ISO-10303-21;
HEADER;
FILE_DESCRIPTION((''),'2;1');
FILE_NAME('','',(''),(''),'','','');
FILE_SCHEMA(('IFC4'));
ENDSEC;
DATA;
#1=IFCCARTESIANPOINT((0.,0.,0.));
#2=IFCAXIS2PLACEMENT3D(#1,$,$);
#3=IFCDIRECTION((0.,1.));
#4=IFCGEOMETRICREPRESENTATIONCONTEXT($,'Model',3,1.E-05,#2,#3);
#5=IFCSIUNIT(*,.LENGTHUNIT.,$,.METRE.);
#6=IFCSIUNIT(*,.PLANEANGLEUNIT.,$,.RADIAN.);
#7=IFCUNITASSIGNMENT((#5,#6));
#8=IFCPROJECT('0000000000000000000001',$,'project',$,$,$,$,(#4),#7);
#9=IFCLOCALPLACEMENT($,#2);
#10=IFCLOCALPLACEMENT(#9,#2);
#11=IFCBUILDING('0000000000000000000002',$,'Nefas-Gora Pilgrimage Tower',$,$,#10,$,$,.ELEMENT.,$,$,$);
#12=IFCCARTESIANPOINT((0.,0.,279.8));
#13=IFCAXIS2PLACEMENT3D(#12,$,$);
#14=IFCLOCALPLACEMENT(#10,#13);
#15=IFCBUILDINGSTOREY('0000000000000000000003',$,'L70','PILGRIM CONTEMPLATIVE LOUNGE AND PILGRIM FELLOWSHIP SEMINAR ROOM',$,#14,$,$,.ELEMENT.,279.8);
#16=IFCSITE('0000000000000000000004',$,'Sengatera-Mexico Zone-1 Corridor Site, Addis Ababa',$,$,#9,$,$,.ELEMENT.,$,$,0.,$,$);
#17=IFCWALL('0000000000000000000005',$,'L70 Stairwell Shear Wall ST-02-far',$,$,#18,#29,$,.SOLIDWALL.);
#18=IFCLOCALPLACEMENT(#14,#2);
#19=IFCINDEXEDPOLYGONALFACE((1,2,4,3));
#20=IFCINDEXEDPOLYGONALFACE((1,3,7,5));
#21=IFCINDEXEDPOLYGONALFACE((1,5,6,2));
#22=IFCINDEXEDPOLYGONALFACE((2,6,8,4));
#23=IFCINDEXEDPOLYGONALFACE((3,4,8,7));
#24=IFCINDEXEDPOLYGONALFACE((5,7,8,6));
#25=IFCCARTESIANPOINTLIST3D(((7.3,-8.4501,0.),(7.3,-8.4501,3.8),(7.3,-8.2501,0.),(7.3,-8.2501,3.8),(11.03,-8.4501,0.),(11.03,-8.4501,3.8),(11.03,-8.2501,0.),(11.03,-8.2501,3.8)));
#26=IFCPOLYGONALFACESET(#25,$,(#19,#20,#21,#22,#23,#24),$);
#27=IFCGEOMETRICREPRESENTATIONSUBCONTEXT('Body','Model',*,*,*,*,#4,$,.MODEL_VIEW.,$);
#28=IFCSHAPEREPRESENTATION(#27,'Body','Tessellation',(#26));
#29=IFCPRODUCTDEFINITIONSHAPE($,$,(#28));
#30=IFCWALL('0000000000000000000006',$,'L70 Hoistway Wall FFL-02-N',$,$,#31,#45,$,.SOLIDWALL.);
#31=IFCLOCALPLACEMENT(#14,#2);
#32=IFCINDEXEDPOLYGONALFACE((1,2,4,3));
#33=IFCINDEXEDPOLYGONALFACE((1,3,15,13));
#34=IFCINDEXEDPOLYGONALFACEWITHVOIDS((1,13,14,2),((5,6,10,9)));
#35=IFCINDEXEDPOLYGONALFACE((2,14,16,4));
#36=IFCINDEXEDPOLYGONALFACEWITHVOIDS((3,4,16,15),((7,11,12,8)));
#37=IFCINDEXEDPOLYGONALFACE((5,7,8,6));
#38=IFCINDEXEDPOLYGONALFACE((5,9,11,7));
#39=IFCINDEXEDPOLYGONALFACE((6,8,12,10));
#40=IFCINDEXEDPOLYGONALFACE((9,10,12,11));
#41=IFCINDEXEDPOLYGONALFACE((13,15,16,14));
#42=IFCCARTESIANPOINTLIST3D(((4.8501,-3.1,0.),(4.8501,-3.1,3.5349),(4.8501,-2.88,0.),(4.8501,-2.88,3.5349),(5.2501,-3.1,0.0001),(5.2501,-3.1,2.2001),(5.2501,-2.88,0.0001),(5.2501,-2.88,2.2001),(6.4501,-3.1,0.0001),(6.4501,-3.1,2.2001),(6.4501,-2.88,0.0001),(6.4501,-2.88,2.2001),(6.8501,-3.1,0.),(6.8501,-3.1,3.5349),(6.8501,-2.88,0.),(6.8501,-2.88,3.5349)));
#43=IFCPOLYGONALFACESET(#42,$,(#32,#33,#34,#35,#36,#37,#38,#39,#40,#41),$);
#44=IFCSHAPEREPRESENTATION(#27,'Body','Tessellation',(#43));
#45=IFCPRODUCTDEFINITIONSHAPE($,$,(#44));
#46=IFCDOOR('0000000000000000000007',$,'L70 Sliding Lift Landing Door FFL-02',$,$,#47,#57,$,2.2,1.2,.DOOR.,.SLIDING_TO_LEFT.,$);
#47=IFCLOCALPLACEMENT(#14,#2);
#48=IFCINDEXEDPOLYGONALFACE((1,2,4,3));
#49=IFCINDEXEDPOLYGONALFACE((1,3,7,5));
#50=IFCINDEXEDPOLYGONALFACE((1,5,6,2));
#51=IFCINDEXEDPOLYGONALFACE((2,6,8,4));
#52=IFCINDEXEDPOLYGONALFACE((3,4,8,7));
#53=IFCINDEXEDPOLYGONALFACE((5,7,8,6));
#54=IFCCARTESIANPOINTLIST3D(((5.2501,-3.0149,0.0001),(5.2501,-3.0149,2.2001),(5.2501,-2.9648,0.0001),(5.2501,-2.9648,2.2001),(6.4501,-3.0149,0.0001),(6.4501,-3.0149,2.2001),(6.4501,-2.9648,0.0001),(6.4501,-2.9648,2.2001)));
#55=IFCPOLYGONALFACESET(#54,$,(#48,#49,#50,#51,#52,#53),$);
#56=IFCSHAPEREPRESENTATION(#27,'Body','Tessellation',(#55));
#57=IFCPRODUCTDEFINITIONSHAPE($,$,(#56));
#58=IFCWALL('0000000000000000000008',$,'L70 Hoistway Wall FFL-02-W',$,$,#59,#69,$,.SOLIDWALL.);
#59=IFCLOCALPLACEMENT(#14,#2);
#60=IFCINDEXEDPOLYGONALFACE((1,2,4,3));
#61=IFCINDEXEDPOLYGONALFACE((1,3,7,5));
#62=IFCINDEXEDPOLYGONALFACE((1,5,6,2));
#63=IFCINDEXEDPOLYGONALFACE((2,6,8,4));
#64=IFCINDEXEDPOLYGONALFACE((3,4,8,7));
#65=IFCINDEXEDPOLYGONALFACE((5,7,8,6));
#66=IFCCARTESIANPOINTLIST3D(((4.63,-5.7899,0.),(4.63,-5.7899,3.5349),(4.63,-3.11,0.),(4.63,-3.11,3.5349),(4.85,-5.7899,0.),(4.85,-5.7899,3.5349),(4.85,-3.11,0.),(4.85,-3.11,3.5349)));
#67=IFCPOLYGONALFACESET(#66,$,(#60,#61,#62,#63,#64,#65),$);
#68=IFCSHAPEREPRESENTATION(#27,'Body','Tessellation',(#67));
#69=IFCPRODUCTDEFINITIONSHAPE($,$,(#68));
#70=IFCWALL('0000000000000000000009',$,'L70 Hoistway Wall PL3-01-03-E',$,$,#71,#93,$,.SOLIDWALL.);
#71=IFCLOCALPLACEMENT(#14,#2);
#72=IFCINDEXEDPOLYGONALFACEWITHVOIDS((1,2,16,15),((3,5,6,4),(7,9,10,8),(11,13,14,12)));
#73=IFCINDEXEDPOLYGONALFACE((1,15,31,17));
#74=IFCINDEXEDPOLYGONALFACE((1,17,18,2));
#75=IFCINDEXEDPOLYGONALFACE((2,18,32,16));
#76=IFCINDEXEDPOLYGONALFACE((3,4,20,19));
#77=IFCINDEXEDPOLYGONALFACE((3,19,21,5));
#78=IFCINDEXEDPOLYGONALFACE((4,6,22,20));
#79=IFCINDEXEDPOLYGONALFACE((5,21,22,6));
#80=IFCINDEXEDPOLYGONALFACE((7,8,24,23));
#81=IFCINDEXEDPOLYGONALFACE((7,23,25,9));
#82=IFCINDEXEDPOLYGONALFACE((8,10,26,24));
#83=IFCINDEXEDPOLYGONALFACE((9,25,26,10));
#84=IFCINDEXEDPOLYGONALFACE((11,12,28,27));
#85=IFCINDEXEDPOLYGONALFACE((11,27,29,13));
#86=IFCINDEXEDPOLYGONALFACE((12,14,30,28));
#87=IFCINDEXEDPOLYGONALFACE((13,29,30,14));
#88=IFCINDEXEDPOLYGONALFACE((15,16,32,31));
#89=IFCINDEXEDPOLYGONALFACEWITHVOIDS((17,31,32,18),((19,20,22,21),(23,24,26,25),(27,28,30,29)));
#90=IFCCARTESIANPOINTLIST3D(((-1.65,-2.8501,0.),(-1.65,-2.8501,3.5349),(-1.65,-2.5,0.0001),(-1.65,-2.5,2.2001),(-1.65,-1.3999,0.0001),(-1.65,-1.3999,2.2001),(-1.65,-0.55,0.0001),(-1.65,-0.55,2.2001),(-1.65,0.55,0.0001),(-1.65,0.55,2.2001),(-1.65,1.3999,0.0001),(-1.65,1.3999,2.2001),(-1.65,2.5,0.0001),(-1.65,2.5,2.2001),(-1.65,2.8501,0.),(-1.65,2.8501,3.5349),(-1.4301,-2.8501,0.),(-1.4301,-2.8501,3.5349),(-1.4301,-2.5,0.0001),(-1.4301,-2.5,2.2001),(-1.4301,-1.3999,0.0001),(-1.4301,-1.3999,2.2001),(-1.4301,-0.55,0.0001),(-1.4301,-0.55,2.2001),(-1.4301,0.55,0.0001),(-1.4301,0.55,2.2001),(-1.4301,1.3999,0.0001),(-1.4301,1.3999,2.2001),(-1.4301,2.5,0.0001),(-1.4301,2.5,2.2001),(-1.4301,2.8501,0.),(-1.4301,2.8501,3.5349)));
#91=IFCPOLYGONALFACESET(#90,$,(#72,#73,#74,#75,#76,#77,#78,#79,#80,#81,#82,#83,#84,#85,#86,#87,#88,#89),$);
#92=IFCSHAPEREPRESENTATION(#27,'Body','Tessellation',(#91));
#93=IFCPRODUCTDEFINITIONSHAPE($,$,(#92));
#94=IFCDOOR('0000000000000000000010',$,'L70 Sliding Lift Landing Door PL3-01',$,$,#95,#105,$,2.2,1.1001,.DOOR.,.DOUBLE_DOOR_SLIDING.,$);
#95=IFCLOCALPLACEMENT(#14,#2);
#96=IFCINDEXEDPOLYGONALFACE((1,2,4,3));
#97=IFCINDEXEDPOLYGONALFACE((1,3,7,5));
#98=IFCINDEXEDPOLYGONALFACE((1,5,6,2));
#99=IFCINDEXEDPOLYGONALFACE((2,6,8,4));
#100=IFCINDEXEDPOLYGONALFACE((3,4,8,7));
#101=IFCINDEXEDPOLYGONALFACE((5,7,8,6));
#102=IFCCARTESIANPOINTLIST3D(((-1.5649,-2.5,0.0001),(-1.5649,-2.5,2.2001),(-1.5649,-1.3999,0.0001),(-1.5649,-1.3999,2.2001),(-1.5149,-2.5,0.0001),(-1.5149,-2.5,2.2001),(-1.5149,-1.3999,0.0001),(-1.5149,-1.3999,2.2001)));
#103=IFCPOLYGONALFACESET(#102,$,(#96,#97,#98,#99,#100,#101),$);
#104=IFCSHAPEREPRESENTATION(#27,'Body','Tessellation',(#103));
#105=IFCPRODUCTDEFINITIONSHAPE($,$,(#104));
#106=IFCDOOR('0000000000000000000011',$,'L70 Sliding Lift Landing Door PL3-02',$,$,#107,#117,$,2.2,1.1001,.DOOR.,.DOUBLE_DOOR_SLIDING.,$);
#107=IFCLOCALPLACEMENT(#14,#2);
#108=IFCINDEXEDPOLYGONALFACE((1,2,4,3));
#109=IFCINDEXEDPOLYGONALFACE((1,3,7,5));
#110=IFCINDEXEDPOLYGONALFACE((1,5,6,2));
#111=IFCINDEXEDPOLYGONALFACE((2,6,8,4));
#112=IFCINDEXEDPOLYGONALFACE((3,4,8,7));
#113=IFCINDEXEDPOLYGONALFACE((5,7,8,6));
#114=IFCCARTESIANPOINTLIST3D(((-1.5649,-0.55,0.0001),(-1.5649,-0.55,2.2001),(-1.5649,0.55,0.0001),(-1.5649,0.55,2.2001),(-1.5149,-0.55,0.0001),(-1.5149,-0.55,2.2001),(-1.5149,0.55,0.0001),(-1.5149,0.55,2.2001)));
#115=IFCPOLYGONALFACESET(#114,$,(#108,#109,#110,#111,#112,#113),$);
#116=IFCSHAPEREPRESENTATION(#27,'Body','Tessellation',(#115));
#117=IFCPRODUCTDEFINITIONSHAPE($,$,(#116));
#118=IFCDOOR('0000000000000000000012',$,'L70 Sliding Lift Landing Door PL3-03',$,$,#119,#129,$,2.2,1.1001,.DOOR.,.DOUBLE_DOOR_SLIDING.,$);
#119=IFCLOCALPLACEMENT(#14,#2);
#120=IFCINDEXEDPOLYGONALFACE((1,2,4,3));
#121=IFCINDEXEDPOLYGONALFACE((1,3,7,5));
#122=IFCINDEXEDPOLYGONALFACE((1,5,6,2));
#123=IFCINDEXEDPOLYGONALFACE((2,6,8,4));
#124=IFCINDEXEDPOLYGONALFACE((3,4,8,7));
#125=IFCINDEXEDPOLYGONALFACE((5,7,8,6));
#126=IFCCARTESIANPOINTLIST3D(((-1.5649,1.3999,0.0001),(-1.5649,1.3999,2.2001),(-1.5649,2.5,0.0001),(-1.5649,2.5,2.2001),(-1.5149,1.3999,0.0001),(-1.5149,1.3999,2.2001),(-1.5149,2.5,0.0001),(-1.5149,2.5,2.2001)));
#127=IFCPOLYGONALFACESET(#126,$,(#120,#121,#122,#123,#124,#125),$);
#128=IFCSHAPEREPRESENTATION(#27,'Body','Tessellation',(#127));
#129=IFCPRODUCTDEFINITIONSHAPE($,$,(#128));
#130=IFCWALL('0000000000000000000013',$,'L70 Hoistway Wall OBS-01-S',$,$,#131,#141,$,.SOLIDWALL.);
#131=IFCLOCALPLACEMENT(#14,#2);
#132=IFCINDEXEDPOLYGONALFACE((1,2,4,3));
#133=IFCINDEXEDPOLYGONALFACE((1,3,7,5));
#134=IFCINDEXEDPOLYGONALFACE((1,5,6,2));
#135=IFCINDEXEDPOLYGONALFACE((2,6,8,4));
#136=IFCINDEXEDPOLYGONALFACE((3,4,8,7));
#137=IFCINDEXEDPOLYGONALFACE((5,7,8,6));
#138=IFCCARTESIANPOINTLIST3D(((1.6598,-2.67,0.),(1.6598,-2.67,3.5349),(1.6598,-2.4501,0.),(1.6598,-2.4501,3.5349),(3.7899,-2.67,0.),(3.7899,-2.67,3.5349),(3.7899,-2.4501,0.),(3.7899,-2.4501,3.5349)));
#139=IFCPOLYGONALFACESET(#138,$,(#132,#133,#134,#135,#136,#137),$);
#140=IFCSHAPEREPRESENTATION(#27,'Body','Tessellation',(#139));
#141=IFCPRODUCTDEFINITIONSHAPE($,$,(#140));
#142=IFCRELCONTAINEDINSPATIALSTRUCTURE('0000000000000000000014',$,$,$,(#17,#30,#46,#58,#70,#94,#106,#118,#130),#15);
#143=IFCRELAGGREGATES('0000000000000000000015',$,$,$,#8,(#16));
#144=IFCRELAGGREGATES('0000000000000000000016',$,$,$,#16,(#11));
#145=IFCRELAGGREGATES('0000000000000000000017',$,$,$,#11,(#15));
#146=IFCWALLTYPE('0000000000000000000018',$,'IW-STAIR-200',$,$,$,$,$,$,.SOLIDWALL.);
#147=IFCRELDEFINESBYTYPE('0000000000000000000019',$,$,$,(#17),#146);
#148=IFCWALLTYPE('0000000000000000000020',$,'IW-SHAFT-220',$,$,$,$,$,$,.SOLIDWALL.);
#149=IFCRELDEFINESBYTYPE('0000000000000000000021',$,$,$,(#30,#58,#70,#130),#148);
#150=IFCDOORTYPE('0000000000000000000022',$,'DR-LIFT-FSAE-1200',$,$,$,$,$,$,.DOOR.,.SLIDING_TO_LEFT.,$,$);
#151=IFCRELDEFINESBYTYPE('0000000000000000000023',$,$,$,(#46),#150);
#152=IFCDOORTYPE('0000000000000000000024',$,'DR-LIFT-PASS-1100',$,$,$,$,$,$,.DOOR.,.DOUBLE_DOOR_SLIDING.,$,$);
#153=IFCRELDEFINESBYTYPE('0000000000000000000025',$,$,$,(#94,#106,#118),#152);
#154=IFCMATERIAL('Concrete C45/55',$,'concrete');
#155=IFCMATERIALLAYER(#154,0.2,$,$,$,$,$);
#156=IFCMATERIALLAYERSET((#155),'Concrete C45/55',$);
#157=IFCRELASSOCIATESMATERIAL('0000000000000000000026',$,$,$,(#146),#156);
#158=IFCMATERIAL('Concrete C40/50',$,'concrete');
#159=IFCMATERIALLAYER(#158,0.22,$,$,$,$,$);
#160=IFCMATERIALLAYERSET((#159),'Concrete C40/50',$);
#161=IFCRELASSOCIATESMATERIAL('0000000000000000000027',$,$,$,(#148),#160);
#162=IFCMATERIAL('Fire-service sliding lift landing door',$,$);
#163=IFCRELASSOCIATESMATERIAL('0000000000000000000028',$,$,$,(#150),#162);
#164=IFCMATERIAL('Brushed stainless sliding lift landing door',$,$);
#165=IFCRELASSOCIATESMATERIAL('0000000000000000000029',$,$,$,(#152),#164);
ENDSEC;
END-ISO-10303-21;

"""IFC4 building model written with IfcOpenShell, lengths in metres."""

from ifc_helpers import new_model, si_unit, direction, frame, frame_2d, origin, place, context, subcontext, project, spatial, rectangle, extrude, source, transform, mapped, material, layer, layer_set, type_object, element, fill, save


model = new_model("IFC4")

# Units and contexts
model_context = context("Model", 3, precision=1e-05, world=origin(), true_north=direction((0.0, 1.0)))
body_context = subcontext(model_context, "Body", "Model", "MODEL_VIEW")
ifc_project = project(units=[si_unit("LENGTHUNIT", "METRE"), si_unit("PLANEANGLEUNIT", "RADIAN")], contexts=[model_context])

# Site, building, storey
site_placement = place(None, origin())
site = spatial("IfcSite", under=ifc_project, at=site_placement, Name="Sengatera-Mexico Zone-1 Corridor Site, Addis Ababa", CompositionType="ELEMENT", RefElevation=0.0)
building_placement = place(site_placement, origin())
building = spatial("IfcBuilding", under=site, at=building_placement, Name="Nefas-Gora Pilgrimage Tower", CompositionType="ELEMENT")
storey_placement = place(building_placement, frame((0.0, 0.0, 279.8)))
storey = spatial("IfcBuildingStorey", under=building, at=storey_placement, Name="L70", Description="PILGRIM CONTEMPLATIVE LOUNGE AND PILGRIM FELLOWSHIP SEMINAR ROOM", CompositionType="ELEMENT", Elevation=279.8)

# Shared definitions
ifc_material_1 = material(Name="Concrete C40/50", Category="concrete")

# Shared definitions
ifc_material_2 = material(Name="Concrete C45/55", Category="concrete")
ifc_layer_1 = layer(ifc_material_2, 0.2)
ifc_layer_set_1 = layer_set([ifc_layer_1], Name="Concrete C45/55")
wall_type_1 = type_object("IfcWallType", Name="IW-STAIR-200", PredefinedType="SOLIDWALL", material=ifc_layer_set_1)

# Wall
shared_shape_1 = source(origin(), body_context, "Body", "SweptSolid", [
    extrude(rectangle(XDim=3.73, YDim=0.2, at=frame_2d((1.865, 0.0))), origin(), (0.0, 0.0, 1.0), 3.8),
])
wall_1_placement = place(storey_placement, frame((7.3, -8.3501, 0.0), z_axis=(0.0, 0.0, 1.0), x_axis=(1.0, 0.0, 0.0)))
element("IfcWall", 1, at=wall_1_placement, inside=storey, type_object=wall_type_1, Name="L70 Stairwell Shear Wall ST-02-far", PredefinedType="SOLIDWALL", context=body_context, shape_type="MappedRepresentation", body=[
    mapped(shared_shape_1, transform((0.0, 0.0, 0.0), x_axis=(1.0, 0.0, 0.0), y_axis=(0.0, 1.0, 0.0), z_axis=(0.0, 0.0, 1.0), scale=1.0)),
])

# Wall, opening, door
ifc_layer_2 = layer(ifc_material_1, 0.22)
ifc_layer_set_2 = layer_set([ifc_layer_2], Name="Concrete C40/50")
wall_type_2 = type_object("IfcWallType", Name="IW-SHAFT-220", PredefinedType="SOLIDWALL", material=ifc_layer_set_2)
shared_shape_2 = source(origin(), body_context, "Body", "SweptSolid", [
    extrude(rectangle(XDim=2.0, YDim=0.22, at=frame_2d((1.0, 0.0))), origin(), (0.0, 0.0, 1.0), 3.5349),
])
wall_2_placement = place(storey_placement, frame((6.8501, -2.99, 0.0), z_axis=(0.0, 0.0, 1.0), x_axis=(-1.0, 0.0, 0.0)))
wall_2 = element("IfcWall", 2, at=wall_2_placement, inside=storey, type_object=wall_type_2, Name="L70 Hoistway Wall FFL-02-N", PredefinedType="SOLIDWALL", context=body_context, shape_type="MappedRepresentation", body=[
    mapped(shared_shape_2, transform((0.0, 0.0, 0.0), x_axis=(1.0, 0.0, 0.0), y_axis=(0.0, 1.0, 0.0), z_axis=(0.0, 0.0, 1.0), scale=1.0)),
])
opening_1_placement = place(wall_2_placement, frame((0.3999, 0.0, 0.0)))
opening_1 = element("IfcOpeningElement", 3, at=opening_1_placement, cuts=wall_2, PredefinedType="OPENING", context=body_context, shape_type="SweptSolid", body=[
    extrude(rectangle(XDim=1.2, YDim=2.2, at=frame_2d((0.6001, 1.1001))), frame((0.0, 0.1199, 0.0), z_axis=(0.0, -1.0, 0.0), x_axis=(1.0, 0.0, 0.0)), (0.0, 0.0, 1.0), 0.24),
])
ifc_material_3 = material(Name="Fire-service sliding lift landing door")
door_type_1 = type_object("IfcDoorType", Name="DR-LIFT-FSAE-1200", OperationType="SLIDING_TO_LEFT", PredefinedType="DOOR", material=ifc_material_3)
shared_shape_3 = source(origin(), body_context, "Body", "SweptSolid", [
    extrude(rectangle(XDim=1.2, YDim=2.2, at=frame_2d((0.6001, 1.1001))), frame((0.0, 0.0249, 0.0), z_axis=(0.0, -1.0, 0.0), x_axis=(1.0, 0.0, 0.0)), (0.0, 0.0, 1.0), 0.05),
])
door_1_placement = place(opening_1_placement, origin())
door_1 = element("IfcDoor", 4, at=door_1_placement, inside=storey, type_object=door_type_1, Name="L70 Sliding Lift Landing Door FFL-02", OperationType="SLIDING_TO_LEFT", OverallHeight=2.2, OverallWidth=1.2, PredefinedType="DOOR", context=body_context, shape_type="MappedRepresentation", body=[
    mapped(shared_shape_3, transform((0.0, 0.0, 0.0), x_axis=(1.0, 0.0, 0.0), y_axis=(0.0, 1.0, 0.0), z_axis=(0.0, 0.0, 1.0), scale=1.0)),
])
fill(opening_1, door_1)

# Wall
shared_shape_4 = source(origin(), body_context, "Body", "SweptSolid", [
    extrude(rectangle(XDim=2.6799, YDim=0.22, at=frame_2d((1.3398, 0.0))), origin(), (0.0, 0.0, 1.0), 3.5349),
])
wall_3_placement = place(storey_placement, frame((4.74, -3.1101, 0.0), z_axis=(0.0, 0.0, 1.0), x_axis=(0.0, -1.0, 0.0)))
element("IfcWall", 5, at=wall_3_placement, inside=storey, type_object=wall_type_2, Name="L70 Hoistway Wall FFL-02-W", PredefinedType="SOLIDWALL", context=body_context, shape_type="MappedRepresentation", body=[
    mapped(shared_shape_4, transform((0.0, 0.0, 0.0), x_axis=(1.0, 0.0, 0.0), y_axis=(0.0, 1.0, 0.0), z_axis=(0.0, 0.0, 1.0), scale=1.0)),
])

# Wall, openings, doors
shared_shape_5 = source(origin(), body_context, "Body", "SweptSolid", [
    extrude(rectangle(XDim=5.7002, YDim=0.22, at=frame_2d((2.8501, 0.0))), origin(), (0.0, 0.0, 1.0), 3.5349),
])
wall_4_placement = place(storey_placement, frame((-1.54, -2.8501, 0.0), z_axis=(0.0, 0.0, 1.0), x_axis=(0.0, 1.0, 0.0)))
wall_4 = element("IfcWall", 6, at=wall_4_placement, inside=storey, type_object=wall_type_2, Name="L70 Hoistway Wall PL3-01-03-E", PredefinedType="SOLIDWALL", context=body_context, shape_type="MappedRepresentation", body=[
    mapped(shared_shape_5, transform((0.0, 0.0, 0.0), x_axis=(1.0, 0.0, 0.0), y_axis=(0.0, 1.0, 0.0), z_axis=(0.0, 0.0, 1.0), scale=1.0)),
])
opening_2_placement = place(wall_4_placement, frame((0.3501, 0.0, 0.0)))
opening_2 = element("IfcOpeningElement", 7, at=opening_2_placement, cuts=wall_4, PredefinedType="OPENING", context=body_context, shape_type="SweptSolid", body=[
    extrude(rectangle(XDim=1.1001, YDim=2.2, at=frame_2d((0.55, 1.1001))), frame((0.0, 0.1199, 0.0), z_axis=(0.0, -1.0, 0.0), x_axis=(1.0, 0.0, 0.0)), (0.0, 0.0, 1.0), 0.24),
])
opening_3_placement = place(wall_4_placement, frame((2.3, 0.0, 0.0)))
opening_3 = element("IfcOpeningElement", 8, at=opening_3_placement, cuts=wall_4, PredefinedType="OPENING", context=body_context, shape_type="SweptSolid", body=[
    extrude(rectangle(XDim=1.1001, YDim=2.2, at=frame_2d((0.55, 1.1001))), frame((0.0, 0.1199, 0.0), z_axis=(0.0, -1.0, 0.0), x_axis=(1.0, 0.0, 0.0)), (0.0, 0.0, 1.0), 0.24),
])
opening_4_placement = place(wall_4_placement, frame((4.25, 0.0, 0.0)))
opening_4 = element("IfcOpeningElement", 9, at=opening_4_placement, cuts=wall_4, PredefinedType="OPENING", context=body_context, shape_type="SweptSolid", body=[
    extrude(rectangle(XDim=1.1001, YDim=2.2, at=frame_2d((0.55, 1.1001))), frame((0.0, 0.1199, 0.0), z_axis=(0.0, -1.0, 0.0), x_axis=(1.0, 0.0, 0.0)), (0.0, 0.0, 1.0), 0.24),
])
ifc_material_4 = material(Name="Brushed stainless sliding lift landing door")
door_type_2 = type_object("IfcDoorType", Name="DR-LIFT-PASS-1100", OperationType="DOUBLE_DOOR_SLIDING", PredefinedType="DOOR", material=ifc_material_4)
shared_shape_6 = source(origin(), body_context, "Body", "SweptSolid", [
    extrude(rectangle(XDim=1.1001, YDim=2.2, at=frame_2d((0.55, 1.1001))), frame((0.0, 0.0249, 0.0), z_axis=(0.0, -1.0, 0.0), x_axis=(1.0, 0.0, 0.0)), (0.0, 0.0, 1.0), 0.05),
])
door_2_placement = place(opening_2_placement, origin())
door_2 = element("IfcDoor", 10, at=door_2_placement, inside=storey, type_object=door_type_2, Name="L70 Sliding Lift Landing Door PL3-01", OperationType="DOUBLE_DOOR_SLIDING", OverallHeight=2.2, OverallWidth=1.1001, PredefinedType="DOOR", context=body_context, shape_type="MappedRepresentation", body=[
    mapped(shared_shape_6, transform((0.0, 0.0, 0.0), x_axis=(1.0, 0.0, 0.0), y_axis=(0.0, 1.0, 0.0), z_axis=(0.0, 0.0, 1.0), scale=1.0)),
])
fill(opening_2, door_2)
door_3_placement = place(opening_3_placement, origin())
door_3 = element("IfcDoor", 11, at=door_3_placement, inside=storey, type_object=door_type_2, Name="L70 Sliding Lift Landing Door PL3-02", OperationType="DOUBLE_DOOR_SLIDING", OverallHeight=2.2, OverallWidth=1.1001, PredefinedType="DOOR", context=body_context, shape_type="MappedRepresentation", body=[
    mapped(shared_shape_6, transform((0.0, 0.0, 0.0), x_axis=(1.0, 0.0, 0.0), y_axis=(0.0, 1.0, 0.0), z_axis=(0.0, 0.0, 1.0), scale=1.0)),
])
fill(opening_3, door_3)
door_4_placement = place(opening_4_placement, origin())
door_4 = element("IfcDoor", 12, at=door_4_placement, inside=storey, type_object=door_type_2, Name="L70 Sliding Lift Landing Door PL3-03", OperationType="DOUBLE_DOOR_SLIDING", OverallHeight=2.2, OverallWidth=1.1001, PredefinedType="DOOR", context=body_context, shape_type="MappedRepresentation", body=[
    mapped(shared_shape_6, transform((0.0, 0.0, 0.0), x_axis=(1.0, 0.0, 0.0), y_axis=(0.0, 1.0, 0.0), z_axis=(0.0, 0.0, 1.0), scale=1.0)),
])
fill(opening_4, door_4)

# Wall
shared_shape_7 = source(origin(), body_context, "Body", "SweptSolid", [
    extrude(rectangle(XDim=2.1301, YDim=0.22, at=frame_2d((1.0649, 0.0))), origin(), (0.0, 0.0, 1.0), 3.5349),
])
wall_5_placement = place(storey_placement, frame((1.6599, -2.5601, 0.0), z_axis=(0.0, 0.0, 1.0), x_axis=(1.0, 0.0, 0.0)))
element("IfcWall", 13, at=wall_5_placement, inside=storey, type_object=wall_type_2, Name="L70 Hoistway Wall OBS-01-S", PredefinedType="SOLIDWALL", context=body_context, shape_type="MappedRepresentation", body=[
    mapped(shared_shape_7, transform((0.0, 0.0, 0.0), x_axis=(1.0, 0.0, 0.0), y_axis=(0.0, 1.0, 0.0), z_axis=(0.0, 0.0, 1.0), scale=1.0)),
])

save(model, "model.ifc")
